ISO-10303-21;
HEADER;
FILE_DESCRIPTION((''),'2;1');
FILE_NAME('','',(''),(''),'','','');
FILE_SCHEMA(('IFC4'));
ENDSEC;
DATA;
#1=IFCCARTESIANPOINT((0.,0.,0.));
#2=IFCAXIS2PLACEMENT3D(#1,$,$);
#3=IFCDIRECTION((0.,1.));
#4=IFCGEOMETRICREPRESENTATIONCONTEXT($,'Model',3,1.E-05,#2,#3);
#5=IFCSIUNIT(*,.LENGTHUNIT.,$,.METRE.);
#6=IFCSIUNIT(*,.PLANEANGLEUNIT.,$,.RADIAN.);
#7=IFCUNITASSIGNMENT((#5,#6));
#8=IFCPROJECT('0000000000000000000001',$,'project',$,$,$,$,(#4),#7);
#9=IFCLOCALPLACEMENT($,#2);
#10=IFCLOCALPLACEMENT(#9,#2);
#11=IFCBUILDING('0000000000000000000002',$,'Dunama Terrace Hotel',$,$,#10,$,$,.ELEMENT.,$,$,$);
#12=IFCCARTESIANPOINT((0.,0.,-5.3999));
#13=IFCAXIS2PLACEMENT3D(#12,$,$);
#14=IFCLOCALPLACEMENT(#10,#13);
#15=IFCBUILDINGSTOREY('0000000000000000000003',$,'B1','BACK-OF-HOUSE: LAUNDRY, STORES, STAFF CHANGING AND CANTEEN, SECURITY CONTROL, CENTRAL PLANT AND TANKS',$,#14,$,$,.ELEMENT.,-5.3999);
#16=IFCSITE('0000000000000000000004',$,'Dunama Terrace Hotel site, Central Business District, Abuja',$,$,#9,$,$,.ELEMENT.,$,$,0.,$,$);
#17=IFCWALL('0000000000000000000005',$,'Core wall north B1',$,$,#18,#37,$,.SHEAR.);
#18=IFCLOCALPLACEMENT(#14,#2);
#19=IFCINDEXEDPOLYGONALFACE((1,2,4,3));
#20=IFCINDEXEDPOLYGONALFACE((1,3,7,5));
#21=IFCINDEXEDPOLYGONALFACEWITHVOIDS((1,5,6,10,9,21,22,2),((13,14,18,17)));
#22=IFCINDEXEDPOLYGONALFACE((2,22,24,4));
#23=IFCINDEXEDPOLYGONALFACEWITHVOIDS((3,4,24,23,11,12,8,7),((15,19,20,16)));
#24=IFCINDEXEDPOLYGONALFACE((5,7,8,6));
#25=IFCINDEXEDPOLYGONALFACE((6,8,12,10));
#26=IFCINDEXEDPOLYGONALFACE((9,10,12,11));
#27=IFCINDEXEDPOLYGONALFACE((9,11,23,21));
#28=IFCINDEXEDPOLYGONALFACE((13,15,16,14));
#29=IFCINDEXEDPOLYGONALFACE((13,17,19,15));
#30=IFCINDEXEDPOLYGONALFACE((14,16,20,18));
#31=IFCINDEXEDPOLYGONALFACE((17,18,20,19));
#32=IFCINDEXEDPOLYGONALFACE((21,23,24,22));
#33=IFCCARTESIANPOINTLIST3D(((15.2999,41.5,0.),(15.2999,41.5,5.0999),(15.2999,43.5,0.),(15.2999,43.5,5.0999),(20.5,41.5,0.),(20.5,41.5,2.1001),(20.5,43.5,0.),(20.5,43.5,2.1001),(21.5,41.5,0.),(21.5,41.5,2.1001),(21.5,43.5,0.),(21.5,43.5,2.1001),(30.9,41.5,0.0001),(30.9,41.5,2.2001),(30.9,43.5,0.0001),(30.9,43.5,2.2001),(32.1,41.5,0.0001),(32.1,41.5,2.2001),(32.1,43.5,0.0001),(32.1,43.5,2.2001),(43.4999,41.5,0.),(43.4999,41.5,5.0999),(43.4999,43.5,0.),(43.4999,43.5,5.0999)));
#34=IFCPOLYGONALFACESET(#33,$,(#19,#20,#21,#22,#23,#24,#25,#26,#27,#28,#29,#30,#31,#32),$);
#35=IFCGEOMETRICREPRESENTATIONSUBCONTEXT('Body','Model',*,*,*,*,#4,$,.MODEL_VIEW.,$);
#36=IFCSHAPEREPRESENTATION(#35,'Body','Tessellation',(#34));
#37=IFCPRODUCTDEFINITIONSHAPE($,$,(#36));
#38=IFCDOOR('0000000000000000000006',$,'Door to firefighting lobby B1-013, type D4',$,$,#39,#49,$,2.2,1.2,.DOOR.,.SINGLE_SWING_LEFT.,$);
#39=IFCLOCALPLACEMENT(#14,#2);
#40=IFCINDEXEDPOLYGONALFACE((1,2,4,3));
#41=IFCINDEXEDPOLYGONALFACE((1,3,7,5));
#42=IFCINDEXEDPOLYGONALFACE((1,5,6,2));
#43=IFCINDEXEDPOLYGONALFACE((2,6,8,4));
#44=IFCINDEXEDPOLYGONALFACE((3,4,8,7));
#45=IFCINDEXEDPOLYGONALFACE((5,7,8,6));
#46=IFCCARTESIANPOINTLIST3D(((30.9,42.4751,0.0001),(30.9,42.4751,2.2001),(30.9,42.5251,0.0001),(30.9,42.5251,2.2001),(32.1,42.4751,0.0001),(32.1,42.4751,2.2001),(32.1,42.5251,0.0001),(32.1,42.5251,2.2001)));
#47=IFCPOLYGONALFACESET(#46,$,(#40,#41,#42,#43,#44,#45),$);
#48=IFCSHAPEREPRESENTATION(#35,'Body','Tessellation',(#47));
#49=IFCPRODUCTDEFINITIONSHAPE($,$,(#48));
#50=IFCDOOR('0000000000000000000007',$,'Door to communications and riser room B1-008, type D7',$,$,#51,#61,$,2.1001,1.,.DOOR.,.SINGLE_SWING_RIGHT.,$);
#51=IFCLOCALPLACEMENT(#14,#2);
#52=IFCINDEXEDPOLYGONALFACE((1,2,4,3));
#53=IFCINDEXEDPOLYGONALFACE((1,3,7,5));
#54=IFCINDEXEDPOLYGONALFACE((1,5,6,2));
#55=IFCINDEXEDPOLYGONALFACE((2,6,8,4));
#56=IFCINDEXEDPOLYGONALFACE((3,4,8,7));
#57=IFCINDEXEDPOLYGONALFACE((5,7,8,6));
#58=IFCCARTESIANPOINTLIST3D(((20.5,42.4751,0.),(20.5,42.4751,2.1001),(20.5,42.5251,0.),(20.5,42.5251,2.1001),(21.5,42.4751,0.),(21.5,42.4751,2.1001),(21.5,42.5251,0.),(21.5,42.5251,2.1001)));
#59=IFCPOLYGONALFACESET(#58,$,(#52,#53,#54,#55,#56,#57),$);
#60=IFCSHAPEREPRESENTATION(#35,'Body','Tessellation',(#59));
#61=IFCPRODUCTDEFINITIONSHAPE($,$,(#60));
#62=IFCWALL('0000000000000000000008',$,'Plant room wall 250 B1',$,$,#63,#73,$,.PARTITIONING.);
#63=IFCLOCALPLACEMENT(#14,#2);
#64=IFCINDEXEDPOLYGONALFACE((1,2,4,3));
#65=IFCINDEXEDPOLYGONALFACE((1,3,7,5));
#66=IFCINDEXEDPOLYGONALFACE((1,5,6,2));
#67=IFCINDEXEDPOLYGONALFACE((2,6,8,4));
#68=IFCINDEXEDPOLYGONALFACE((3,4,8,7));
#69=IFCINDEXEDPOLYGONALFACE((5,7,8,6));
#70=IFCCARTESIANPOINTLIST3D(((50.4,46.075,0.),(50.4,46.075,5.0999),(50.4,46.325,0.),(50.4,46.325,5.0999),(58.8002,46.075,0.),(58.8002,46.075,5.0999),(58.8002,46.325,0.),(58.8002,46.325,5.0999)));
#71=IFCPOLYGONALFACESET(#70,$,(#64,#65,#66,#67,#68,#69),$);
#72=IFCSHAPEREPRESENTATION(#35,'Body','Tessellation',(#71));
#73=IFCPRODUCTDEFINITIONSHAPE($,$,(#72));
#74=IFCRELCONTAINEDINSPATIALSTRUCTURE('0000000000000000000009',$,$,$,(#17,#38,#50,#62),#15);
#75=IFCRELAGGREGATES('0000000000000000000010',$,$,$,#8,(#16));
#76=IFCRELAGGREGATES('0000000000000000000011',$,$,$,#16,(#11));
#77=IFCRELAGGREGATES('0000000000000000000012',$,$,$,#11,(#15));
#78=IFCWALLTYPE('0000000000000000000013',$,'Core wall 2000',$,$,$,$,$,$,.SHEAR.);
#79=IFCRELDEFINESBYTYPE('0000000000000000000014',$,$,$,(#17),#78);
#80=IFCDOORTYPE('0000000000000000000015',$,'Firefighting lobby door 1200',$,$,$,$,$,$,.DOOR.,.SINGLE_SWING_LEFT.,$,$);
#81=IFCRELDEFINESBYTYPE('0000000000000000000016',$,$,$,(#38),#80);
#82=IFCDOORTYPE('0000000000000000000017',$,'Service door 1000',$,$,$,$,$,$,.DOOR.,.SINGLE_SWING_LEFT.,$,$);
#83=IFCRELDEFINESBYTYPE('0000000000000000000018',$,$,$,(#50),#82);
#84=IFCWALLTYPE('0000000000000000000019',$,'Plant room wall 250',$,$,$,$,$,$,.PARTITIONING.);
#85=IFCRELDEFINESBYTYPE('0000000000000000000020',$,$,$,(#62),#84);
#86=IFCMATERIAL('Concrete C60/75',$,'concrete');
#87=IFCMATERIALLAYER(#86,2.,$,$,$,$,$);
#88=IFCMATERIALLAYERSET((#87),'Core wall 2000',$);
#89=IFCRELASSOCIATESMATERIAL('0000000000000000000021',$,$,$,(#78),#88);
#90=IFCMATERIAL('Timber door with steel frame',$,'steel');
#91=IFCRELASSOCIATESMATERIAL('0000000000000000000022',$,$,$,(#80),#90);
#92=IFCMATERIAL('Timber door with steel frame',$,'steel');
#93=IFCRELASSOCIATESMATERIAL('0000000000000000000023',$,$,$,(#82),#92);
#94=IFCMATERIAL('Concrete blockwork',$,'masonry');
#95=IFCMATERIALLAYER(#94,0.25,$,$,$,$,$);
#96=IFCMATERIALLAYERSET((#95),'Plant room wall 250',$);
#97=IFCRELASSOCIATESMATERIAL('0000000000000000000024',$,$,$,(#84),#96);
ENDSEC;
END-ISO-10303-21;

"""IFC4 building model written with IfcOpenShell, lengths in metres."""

from ifc_helpers import new_model, si_unit, direction, frame, frame_2d, origin, place, context, subcontext, project, spatial, rectangle, extrude, material, layer, layer_set, type_object, element, fill, save


model = new_model("IFC4")

# Units and contexts
model_context = context("Model", 3, precision=1e-05, world=origin(), true_north=direction((0.0, 1.0)))
body_context = subcontext(model_context, "Body", "Model", "MODEL_VIEW")
ifc_project = project(units=[si_unit("LENGTHUNIT", "METRE"), si_unit("PLANEANGLEUNIT", "RADIAN")], contexts=[model_context])

# Site, building, storey
site_placement = place(None, origin())
site = spatial("IfcSite", under=ifc_project, at=site_placement, Name="Dunama Terrace Hotel site, Central Business District, Abuja", CompositionType="ELEMENT", RefElevation=0.0)
building_placement = place(site_placement, origin())
building = spatial("IfcBuilding", under=site, at=building_placement, Name="Dunama Terrace Hotel", CompositionType="ELEMENT")
storey_placement = place(building_placement, frame((0.0, 0.0, -5.3999)))
storey = spatial("IfcBuildingStorey", under=building, at=storey_placement, Name="B1", Description="BACK-OF-HOUSE: LAUNDRY, STORES, STAFF CHANGING AND CANTEEN, SECURITY CONTROL, CENTRAL PLANT AND TANKS", CompositionType="ELEMENT", Elevation=-5.3999)

# Wall, openings, doors
ifc_material_1 = material(Name="Concrete C60/75", Category="concrete")
ifc_layer_1 = layer(ifc_material_1, 2.0)
ifc_layer_set_1 = layer_set([ifc_layer_1], Name="Core wall 2000")
wall_type_1 = type_object("IfcWallType", Name="Core wall 2000", PredefinedType="SHEAR", material=ifc_layer_set_1)
wall_1_placement = place(storey_placement, frame((43.5, 42.5, 0.0), z_axis=(0.0, 0.0, 1.0), x_axis=(-1.0, 0.0, 0.0)))
wall_1 = element("IfcWall", 1, at=wall_1_placement, inside=storey, type_object=wall_type_1, Name="Core wall north B1", PredefinedType="SHEAR", context=body_context, shape_type="SweptSolid", body=[
    extrude(rectangle(XDim=28.2, YDim=2.0, at=frame_2d((14.1001, 0.0))), origin(), (0.0, 0.0, 1.0), 5.0999),
])
opening_1_placement = place(wall_1_placement, frame((22.0, 0.0, 0.0)))
opening_1 = element("IfcOpeningElement", 2, at=opening_1_placement, cuts=wall_1, PredefinedType="OPENING", context=body_context, shape_type="SweptSolid", body=[
    extrude(rectangle(XDim=1.0, YDim=2.1001, at=frame_2d((0.5, 1.05))), frame((0.0, 1.01, 0.0), z_axis=(0.0, -1.0, 0.0), x_axis=(1.0, 0.0, 0.0)), (0.0, 0.0, 1.0), 2.02),
])
opening_2_placement = place(wall_1_placement, frame((11.3999, 0.0, 0.0)))
opening_2 = element("IfcOpeningElement", 3, at=opening_2_placement, cuts=wall_1, PredefinedType="OPENING", context=body_context, shape_type="SweptSolid", body=[
    extrude(rectangle(XDim=1.2, YDim=2.2, at=frame_2d((0.6001, 1.1001))), frame((0.0, 1.01, 0.0), z_axis=(0.0, -1.0, 0.0), x_axis=(1.0, 0.0, 0.0)), (0.0, 0.0, 1.0), 2.02),
])
ifc_material_2 = material(Name="Timber door with steel frame", Category="steel")
door_type_1 = type_object("IfcDoorType", Name="Firefighting lobby door 1200", OperationType="SINGLE_SWING_LEFT", PredefinedType="DOOR", material=ifc_material_2)
door_1_placement = place(opening_2_placement, origin())
door_1 = element("IfcDoor", 4, at=door_1_placement, inside=storey, type_object=door_type_1, Name="Door to firefighting lobby B1-013, type D4", OperationType="SINGLE_SWING_LEFT", OverallHeight=2.2, OverallWidth=1.2, PredefinedType="DOOR", context=body_context, shape_type="SweptSolid", body=[
    extrude(rectangle(XDim=1.2, YDim=2.2, at=frame_2d((0.6001, 1.1001))), frame((0.0, 0.0249, 0.0), z_axis=(0.0, -1.0, 0.0), x_axis=(1.0, 0.0, 0.0)), (0.0, 0.0, 1.0), 0.05),
])
fill(opening_2, door_1)
ifc_material_3 = material(Name="Timber door with steel frame", Category="steel")
door_type_2 = type_object("IfcDoorType", Name="Service door 1000", OperationType="SINGLE_SWING_LEFT", PredefinedType="DOOR", material=ifc_material_3)
door_2_placement = place(opening_1_placement, origin())
door_2 = element("IfcDoor", 5, at=door_2_placement, inside=storey, type_object=door_type_2, Name="Door to communications and riser room B1-008, type D7", OperationType="SINGLE_SWING_RIGHT", OverallHeight=2.1001, OverallWidth=1.0, PredefinedType="DOOR", context=body_context, shape_type="SweptSolid", body=[
    extrude(rectangle(XDim=1.0, YDim=2.1001, at=frame_2d((0.5, 1.05))), frame((0.0, 0.0249, 0.0), z_axis=(0.0, -1.0, 0.0), x_axis=(1.0, 0.0, 0.0)), (0.0, 0.0, 1.0), 0.05),
])
fill(opening_1, door_2)

# Wall
ifc_material_4 = material(Name="Concrete blockwork", Category="masonry")
ifc_layer_2 = layer(ifc_material_4, 0.25)
ifc_layer_set_2 = layer_set([ifc_layer_2], Name="Plant room wall 250")
wall_type_2 = type_object("IfcWallType", Name="Plant room wall 250", PredefinedType="PARTITIONING", material=ifc_layer_set_2)
wall_2_placement = place(storey_placement, frame((50.3999, 46.2, 0.0), z_axis=(0.0, 0.0, 1.0), x_axis=(1.0, 0.0, 0.0)))
element("IfcWall", 6, at=wall_2_placement, inside=storey, type_object=wall_type_2, Name="Plant room wall 250 B1", PredefinedType="PARTITIONING", context=body_context, shape_type="SweptSolid", body=[
    extrude(rectangle(XDim=8.4001, YDim=0.25, at=frame_2d((4.2002, 0.0))), origin(), (0.0, 0.0, 1.0), 5.0999),
])

save(model, "model.ifc")
